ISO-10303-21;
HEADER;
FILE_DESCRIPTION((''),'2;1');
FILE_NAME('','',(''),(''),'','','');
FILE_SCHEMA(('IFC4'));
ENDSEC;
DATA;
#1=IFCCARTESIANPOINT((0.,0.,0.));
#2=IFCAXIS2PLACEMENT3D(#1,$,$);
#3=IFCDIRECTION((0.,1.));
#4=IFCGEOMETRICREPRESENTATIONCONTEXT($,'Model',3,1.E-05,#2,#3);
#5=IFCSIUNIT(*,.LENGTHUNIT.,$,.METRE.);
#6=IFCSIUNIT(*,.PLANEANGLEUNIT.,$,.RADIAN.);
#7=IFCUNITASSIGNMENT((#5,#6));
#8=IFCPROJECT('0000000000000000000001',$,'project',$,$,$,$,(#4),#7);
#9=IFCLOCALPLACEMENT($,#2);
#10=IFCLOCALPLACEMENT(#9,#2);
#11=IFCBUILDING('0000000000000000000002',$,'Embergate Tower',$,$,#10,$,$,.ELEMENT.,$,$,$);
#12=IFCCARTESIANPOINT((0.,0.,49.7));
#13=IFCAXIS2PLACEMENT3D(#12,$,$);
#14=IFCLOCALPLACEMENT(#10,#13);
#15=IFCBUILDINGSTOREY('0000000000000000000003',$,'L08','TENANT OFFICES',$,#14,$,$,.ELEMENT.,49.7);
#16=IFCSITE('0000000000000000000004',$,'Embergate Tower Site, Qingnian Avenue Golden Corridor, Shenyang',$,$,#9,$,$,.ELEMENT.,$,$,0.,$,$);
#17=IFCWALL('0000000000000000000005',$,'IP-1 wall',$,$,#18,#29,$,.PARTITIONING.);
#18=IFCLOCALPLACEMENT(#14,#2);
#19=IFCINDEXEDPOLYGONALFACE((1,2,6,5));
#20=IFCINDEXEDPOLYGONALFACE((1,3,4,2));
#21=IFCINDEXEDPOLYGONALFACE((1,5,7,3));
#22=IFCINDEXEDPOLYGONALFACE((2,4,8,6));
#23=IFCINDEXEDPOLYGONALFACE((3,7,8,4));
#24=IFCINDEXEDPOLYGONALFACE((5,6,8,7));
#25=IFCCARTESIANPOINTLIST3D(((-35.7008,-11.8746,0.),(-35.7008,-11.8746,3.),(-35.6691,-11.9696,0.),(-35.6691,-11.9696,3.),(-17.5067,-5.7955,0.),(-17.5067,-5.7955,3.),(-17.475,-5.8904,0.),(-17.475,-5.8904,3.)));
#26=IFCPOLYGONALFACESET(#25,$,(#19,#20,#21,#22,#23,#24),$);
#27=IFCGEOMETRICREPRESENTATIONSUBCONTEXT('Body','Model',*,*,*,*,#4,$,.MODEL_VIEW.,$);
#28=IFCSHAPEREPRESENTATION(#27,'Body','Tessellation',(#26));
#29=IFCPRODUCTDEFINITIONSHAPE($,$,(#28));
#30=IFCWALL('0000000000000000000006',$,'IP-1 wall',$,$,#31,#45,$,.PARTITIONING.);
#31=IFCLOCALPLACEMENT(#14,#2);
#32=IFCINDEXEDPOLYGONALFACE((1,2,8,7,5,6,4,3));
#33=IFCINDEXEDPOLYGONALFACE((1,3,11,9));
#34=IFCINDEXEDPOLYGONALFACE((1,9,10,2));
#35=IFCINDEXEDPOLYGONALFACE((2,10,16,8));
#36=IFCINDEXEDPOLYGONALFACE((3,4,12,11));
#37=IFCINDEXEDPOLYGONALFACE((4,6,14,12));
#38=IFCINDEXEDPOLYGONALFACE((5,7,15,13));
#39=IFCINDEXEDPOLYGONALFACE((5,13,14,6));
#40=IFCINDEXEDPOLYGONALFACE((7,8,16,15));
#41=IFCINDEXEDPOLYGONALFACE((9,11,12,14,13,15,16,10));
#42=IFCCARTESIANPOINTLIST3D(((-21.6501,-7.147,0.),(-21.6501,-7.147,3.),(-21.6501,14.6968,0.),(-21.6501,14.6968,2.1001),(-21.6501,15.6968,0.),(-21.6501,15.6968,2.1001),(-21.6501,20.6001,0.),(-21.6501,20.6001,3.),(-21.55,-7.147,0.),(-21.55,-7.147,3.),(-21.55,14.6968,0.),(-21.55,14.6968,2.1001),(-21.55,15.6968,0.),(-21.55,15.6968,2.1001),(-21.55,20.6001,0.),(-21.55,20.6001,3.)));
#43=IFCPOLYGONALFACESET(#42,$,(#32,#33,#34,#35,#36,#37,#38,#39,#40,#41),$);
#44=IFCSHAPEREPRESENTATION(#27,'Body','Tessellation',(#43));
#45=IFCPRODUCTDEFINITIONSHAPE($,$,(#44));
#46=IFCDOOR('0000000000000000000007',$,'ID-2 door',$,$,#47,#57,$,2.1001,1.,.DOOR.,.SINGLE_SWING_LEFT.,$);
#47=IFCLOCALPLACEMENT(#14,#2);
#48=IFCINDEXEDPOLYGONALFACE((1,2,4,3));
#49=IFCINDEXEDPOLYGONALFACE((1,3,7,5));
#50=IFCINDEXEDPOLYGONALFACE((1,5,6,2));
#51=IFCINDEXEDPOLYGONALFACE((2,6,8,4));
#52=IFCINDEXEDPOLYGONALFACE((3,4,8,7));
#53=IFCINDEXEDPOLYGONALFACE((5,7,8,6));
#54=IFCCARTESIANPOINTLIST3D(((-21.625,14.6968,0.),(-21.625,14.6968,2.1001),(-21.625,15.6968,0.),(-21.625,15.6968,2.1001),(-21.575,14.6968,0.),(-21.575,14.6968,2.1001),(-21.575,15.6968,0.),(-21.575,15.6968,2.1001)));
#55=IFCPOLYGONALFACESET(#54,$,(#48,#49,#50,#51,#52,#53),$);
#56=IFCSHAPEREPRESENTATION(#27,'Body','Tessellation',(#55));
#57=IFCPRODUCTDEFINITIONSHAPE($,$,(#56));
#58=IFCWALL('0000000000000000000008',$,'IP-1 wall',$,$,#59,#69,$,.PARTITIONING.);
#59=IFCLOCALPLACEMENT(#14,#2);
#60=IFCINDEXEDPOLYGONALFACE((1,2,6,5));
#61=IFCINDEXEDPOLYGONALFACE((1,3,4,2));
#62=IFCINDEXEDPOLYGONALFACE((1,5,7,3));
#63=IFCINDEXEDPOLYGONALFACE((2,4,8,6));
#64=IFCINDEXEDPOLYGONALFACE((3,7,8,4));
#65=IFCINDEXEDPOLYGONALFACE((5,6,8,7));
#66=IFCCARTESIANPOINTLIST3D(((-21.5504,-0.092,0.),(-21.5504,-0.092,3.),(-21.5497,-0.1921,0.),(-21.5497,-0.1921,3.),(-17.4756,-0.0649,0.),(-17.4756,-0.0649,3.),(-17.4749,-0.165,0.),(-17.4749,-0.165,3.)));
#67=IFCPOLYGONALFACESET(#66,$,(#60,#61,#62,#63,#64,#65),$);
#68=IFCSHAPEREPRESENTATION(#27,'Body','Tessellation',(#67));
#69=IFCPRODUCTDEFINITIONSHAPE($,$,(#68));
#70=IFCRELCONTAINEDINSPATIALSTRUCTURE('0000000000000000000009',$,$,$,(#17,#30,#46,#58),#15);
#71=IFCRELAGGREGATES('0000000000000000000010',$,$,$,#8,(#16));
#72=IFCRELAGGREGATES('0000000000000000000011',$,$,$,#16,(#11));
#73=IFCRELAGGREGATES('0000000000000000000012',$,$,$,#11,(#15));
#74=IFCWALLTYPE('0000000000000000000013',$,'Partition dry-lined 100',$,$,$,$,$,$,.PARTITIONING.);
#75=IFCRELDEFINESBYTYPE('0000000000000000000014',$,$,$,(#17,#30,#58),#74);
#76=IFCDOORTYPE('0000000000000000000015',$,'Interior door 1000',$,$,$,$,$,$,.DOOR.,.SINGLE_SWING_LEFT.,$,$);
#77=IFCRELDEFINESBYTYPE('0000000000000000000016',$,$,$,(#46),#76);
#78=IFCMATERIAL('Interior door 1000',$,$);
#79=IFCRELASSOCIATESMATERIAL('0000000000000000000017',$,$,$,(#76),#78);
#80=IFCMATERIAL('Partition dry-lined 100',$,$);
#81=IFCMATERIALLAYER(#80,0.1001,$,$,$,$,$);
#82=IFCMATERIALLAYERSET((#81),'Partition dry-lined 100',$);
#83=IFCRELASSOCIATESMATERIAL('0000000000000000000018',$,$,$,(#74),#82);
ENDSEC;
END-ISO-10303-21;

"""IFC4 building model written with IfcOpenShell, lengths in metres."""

from ifc_helpers import new_model, si_unit, direction, frame, frame_2d, origin, place, context, subcontext, project, spatial, rectangle, extrude, source, transform, mapped, material, layer, layer_set, type_object, element, fill, save


model = new_model("IFC4")

# Units and contexts
model_context = context("Model", 3, precision=1e-05, world=origin(), true_north=direction((0.0, 1.0)))
body_context = subcontext(model_context, "Body", "Model", "MODEL_VIEW")
ifc_project = project(units=[si_unit("LENGTHUNIT", "METRE"), si_unit("PLANEANGLEUNIT", "RADIAN")], contexts=[model_context])

# Site, building, storey
site_placement = place(None, origin())
site = spatial("IfcSite", under=ifc_project, at=site_placement, Name="Embergate Tower Site, Qingnian Avenue Golden Corridor, Shenyang", CompositionType="ELEMENT", RefElevation=0.0)
building_placement = place(site_placement, origin())
building = spatial("IfcBuilding", under=site, at=building_placement, Name="Embergate Tower", CompositionType="ELEMENT")
storey_placement = place(building_placement, frame((0.0, 0.0, 49.7)))
storey = spatial("IfcBuildingStorey", under=building, at=storey_placement, Name="L08", Description="TENANT OFFICES", CompositionType="ELEMENT", Elevation=49.7)

# Shared definitions
ifc_material_1 = material(Name="Interior door 1000")
door_type_1 = type_object("IfcDoorType", Name="Interior door 1000", OperationType="SINGLE_SWING_LEFT", PredefinedType="DOOR", material=ifc_material_1)
shared_shape_1 = source(origin(), body_context, "Body", "SweptSolid", [
    extrude(rectangle(XDim=1.0, YDim=2.1001, at=frame_2d((0.5, 1.05))), frame((0.0, 0.0249, 0.0), z_axis=(0.0, -1.0, 0.0), x_axis=(1.0, 0.0, 0.0)), (0.0, 0.0, 1.0), 0.05),
])

# Wall
ifc_material_2 = material(Name="Partition dry-lined 100")
ifc_layer_1 = layer(ifc_material_2, 0.1001)
ifc_layer_set_1 = layer_set([ifc_layer_1], Name="Partition dry-lined 100")
wall_type_1 = type_object("IfcWallType", Name="Partition dry-lined 100", PredefinedType="PARTITIONING", material=ifc_layer_set_1)
shared_shape_2 = source(origin(), body_context, "Body", "SweptSolid", [
    extrude(rectangle(XDim=19.1829, YDim=0.1001, at=frame_2d((9.5913, 0.0))), origin(), (0.0, 0.0, 1.0), 3.0),
])
wall_1_placement = place(storey_placement, frame((-17.491, -5.843, 0.0), z_axis=(0.0, 0.0, 1.0), x_axis=(-0.948458, -0.316903, 0.0)))
element("IfcWall", 1, at=wall_1_placement, inside=storey, type_object=wall_type_1, Name="IP-1 wall", PredefinedType="PARTITIONING", context=body_context, shape_type="MappedRepresentation", body=[
    mapped(shared_shape_2, transform((0.0, 0.0, 0.0))),
])

# Wall, opening, door
shared_shape_3 = source(origin(), body_context, "Body", "SweptSolid", [
    extrude(rectangle(XDim=27.7471, YDim=0.1001, at=frame_2d((13.8735, 0.0))), origin(), (0.0, 0.0, 1.0), 3.0),
])
wall_2_placement = place(storey_placement, frame((-21.6001, -7.147, 0.0), z_axis=(0.0, 0.0, 1.0), x_axis=(0.0, 1.0, 0.0)))
wall_2 = element("IfcWall", 2, at=wall_2_placement, inside=storey, type_object=wall_type_1, Name="IP-1 wall", PredefinedType="PARTITIONING", context=body_context, shape_type="MappedRepresentation", body=[
    mapped(shared_shape_3, transform((0.0, 0.0, 0.0))),
])
shared_shape_4 = source(origin(), body_context, "Body", "SweptSolid", [
    extrude(rectangle(XDim=1.0, YDim=2.1001, at=frame_2d((0.5, 1.05))), frame((0.0, 0.0601, 0.0), z_axis=(0.0, -1.0, 0.0), x_axis=(1.0, 0.0, 0.0)), (0.0, 0.0, 1.0), 0.1201),
])
opening_1_placement = place(wall_2_placement, frame((21.8438, 0.0, 0.0)))
opening_1 = element("IfcOpeningElement", 3, at=opening_1_placement, cuts=wall_2, PredefinedType="OPENING", context=body_context, shape_type="MappedRepresentation", body=[
    mapped(shared_shape_4, transform((0.0, 0.0, 0.0))),
])
door_1_placement = place(opening_1_placement, origin())
door_1 = element("IfcDoor", 4, at=door_1_placement, inside=storey, type_object=door_type_1, Name="ID-2 door", OperationType="SINGLE_SWING_LEFT", OverallHeight=2.1001, OverallWidth=1.0, PredefinedType="DOOR", context=body_context, shape_type="MappedRepresentation", body=[
    mapped(shared_shape_1, transform((0.0, 0.0, 0.0))),
])
fill(opening_1, door_1)

# Wall
shared_shape_5 = source(origin(), body_context, "Body", "SweptSolid", [
    extrude(rectangle(XDim=4.075, YDim=0.1001, at=frame_2d((2.0376, 0.0))), origin(), (0.0, 0.0, 1.0), 3.0),
])
wall_3_placement = place(storey_placement, frame((-17.4751, -0.115, 0.0), z_axis=(0.0, 0.0, 1.0), x_axis=(-0.999978, -0.00665, 0.0)))
element("IfcWall", 5, at=wall_3_placement, inside=storey, type_object=wall_type_1, Name="IP-1 wall", PredefinedType="PARTITIONING", context=body_context, shape_type="MappedRepresentation", body=[
    mapped(shared_shape_5, transform((0.0, 0.0, 0.0))),
])

save(model, "model.ifc")
